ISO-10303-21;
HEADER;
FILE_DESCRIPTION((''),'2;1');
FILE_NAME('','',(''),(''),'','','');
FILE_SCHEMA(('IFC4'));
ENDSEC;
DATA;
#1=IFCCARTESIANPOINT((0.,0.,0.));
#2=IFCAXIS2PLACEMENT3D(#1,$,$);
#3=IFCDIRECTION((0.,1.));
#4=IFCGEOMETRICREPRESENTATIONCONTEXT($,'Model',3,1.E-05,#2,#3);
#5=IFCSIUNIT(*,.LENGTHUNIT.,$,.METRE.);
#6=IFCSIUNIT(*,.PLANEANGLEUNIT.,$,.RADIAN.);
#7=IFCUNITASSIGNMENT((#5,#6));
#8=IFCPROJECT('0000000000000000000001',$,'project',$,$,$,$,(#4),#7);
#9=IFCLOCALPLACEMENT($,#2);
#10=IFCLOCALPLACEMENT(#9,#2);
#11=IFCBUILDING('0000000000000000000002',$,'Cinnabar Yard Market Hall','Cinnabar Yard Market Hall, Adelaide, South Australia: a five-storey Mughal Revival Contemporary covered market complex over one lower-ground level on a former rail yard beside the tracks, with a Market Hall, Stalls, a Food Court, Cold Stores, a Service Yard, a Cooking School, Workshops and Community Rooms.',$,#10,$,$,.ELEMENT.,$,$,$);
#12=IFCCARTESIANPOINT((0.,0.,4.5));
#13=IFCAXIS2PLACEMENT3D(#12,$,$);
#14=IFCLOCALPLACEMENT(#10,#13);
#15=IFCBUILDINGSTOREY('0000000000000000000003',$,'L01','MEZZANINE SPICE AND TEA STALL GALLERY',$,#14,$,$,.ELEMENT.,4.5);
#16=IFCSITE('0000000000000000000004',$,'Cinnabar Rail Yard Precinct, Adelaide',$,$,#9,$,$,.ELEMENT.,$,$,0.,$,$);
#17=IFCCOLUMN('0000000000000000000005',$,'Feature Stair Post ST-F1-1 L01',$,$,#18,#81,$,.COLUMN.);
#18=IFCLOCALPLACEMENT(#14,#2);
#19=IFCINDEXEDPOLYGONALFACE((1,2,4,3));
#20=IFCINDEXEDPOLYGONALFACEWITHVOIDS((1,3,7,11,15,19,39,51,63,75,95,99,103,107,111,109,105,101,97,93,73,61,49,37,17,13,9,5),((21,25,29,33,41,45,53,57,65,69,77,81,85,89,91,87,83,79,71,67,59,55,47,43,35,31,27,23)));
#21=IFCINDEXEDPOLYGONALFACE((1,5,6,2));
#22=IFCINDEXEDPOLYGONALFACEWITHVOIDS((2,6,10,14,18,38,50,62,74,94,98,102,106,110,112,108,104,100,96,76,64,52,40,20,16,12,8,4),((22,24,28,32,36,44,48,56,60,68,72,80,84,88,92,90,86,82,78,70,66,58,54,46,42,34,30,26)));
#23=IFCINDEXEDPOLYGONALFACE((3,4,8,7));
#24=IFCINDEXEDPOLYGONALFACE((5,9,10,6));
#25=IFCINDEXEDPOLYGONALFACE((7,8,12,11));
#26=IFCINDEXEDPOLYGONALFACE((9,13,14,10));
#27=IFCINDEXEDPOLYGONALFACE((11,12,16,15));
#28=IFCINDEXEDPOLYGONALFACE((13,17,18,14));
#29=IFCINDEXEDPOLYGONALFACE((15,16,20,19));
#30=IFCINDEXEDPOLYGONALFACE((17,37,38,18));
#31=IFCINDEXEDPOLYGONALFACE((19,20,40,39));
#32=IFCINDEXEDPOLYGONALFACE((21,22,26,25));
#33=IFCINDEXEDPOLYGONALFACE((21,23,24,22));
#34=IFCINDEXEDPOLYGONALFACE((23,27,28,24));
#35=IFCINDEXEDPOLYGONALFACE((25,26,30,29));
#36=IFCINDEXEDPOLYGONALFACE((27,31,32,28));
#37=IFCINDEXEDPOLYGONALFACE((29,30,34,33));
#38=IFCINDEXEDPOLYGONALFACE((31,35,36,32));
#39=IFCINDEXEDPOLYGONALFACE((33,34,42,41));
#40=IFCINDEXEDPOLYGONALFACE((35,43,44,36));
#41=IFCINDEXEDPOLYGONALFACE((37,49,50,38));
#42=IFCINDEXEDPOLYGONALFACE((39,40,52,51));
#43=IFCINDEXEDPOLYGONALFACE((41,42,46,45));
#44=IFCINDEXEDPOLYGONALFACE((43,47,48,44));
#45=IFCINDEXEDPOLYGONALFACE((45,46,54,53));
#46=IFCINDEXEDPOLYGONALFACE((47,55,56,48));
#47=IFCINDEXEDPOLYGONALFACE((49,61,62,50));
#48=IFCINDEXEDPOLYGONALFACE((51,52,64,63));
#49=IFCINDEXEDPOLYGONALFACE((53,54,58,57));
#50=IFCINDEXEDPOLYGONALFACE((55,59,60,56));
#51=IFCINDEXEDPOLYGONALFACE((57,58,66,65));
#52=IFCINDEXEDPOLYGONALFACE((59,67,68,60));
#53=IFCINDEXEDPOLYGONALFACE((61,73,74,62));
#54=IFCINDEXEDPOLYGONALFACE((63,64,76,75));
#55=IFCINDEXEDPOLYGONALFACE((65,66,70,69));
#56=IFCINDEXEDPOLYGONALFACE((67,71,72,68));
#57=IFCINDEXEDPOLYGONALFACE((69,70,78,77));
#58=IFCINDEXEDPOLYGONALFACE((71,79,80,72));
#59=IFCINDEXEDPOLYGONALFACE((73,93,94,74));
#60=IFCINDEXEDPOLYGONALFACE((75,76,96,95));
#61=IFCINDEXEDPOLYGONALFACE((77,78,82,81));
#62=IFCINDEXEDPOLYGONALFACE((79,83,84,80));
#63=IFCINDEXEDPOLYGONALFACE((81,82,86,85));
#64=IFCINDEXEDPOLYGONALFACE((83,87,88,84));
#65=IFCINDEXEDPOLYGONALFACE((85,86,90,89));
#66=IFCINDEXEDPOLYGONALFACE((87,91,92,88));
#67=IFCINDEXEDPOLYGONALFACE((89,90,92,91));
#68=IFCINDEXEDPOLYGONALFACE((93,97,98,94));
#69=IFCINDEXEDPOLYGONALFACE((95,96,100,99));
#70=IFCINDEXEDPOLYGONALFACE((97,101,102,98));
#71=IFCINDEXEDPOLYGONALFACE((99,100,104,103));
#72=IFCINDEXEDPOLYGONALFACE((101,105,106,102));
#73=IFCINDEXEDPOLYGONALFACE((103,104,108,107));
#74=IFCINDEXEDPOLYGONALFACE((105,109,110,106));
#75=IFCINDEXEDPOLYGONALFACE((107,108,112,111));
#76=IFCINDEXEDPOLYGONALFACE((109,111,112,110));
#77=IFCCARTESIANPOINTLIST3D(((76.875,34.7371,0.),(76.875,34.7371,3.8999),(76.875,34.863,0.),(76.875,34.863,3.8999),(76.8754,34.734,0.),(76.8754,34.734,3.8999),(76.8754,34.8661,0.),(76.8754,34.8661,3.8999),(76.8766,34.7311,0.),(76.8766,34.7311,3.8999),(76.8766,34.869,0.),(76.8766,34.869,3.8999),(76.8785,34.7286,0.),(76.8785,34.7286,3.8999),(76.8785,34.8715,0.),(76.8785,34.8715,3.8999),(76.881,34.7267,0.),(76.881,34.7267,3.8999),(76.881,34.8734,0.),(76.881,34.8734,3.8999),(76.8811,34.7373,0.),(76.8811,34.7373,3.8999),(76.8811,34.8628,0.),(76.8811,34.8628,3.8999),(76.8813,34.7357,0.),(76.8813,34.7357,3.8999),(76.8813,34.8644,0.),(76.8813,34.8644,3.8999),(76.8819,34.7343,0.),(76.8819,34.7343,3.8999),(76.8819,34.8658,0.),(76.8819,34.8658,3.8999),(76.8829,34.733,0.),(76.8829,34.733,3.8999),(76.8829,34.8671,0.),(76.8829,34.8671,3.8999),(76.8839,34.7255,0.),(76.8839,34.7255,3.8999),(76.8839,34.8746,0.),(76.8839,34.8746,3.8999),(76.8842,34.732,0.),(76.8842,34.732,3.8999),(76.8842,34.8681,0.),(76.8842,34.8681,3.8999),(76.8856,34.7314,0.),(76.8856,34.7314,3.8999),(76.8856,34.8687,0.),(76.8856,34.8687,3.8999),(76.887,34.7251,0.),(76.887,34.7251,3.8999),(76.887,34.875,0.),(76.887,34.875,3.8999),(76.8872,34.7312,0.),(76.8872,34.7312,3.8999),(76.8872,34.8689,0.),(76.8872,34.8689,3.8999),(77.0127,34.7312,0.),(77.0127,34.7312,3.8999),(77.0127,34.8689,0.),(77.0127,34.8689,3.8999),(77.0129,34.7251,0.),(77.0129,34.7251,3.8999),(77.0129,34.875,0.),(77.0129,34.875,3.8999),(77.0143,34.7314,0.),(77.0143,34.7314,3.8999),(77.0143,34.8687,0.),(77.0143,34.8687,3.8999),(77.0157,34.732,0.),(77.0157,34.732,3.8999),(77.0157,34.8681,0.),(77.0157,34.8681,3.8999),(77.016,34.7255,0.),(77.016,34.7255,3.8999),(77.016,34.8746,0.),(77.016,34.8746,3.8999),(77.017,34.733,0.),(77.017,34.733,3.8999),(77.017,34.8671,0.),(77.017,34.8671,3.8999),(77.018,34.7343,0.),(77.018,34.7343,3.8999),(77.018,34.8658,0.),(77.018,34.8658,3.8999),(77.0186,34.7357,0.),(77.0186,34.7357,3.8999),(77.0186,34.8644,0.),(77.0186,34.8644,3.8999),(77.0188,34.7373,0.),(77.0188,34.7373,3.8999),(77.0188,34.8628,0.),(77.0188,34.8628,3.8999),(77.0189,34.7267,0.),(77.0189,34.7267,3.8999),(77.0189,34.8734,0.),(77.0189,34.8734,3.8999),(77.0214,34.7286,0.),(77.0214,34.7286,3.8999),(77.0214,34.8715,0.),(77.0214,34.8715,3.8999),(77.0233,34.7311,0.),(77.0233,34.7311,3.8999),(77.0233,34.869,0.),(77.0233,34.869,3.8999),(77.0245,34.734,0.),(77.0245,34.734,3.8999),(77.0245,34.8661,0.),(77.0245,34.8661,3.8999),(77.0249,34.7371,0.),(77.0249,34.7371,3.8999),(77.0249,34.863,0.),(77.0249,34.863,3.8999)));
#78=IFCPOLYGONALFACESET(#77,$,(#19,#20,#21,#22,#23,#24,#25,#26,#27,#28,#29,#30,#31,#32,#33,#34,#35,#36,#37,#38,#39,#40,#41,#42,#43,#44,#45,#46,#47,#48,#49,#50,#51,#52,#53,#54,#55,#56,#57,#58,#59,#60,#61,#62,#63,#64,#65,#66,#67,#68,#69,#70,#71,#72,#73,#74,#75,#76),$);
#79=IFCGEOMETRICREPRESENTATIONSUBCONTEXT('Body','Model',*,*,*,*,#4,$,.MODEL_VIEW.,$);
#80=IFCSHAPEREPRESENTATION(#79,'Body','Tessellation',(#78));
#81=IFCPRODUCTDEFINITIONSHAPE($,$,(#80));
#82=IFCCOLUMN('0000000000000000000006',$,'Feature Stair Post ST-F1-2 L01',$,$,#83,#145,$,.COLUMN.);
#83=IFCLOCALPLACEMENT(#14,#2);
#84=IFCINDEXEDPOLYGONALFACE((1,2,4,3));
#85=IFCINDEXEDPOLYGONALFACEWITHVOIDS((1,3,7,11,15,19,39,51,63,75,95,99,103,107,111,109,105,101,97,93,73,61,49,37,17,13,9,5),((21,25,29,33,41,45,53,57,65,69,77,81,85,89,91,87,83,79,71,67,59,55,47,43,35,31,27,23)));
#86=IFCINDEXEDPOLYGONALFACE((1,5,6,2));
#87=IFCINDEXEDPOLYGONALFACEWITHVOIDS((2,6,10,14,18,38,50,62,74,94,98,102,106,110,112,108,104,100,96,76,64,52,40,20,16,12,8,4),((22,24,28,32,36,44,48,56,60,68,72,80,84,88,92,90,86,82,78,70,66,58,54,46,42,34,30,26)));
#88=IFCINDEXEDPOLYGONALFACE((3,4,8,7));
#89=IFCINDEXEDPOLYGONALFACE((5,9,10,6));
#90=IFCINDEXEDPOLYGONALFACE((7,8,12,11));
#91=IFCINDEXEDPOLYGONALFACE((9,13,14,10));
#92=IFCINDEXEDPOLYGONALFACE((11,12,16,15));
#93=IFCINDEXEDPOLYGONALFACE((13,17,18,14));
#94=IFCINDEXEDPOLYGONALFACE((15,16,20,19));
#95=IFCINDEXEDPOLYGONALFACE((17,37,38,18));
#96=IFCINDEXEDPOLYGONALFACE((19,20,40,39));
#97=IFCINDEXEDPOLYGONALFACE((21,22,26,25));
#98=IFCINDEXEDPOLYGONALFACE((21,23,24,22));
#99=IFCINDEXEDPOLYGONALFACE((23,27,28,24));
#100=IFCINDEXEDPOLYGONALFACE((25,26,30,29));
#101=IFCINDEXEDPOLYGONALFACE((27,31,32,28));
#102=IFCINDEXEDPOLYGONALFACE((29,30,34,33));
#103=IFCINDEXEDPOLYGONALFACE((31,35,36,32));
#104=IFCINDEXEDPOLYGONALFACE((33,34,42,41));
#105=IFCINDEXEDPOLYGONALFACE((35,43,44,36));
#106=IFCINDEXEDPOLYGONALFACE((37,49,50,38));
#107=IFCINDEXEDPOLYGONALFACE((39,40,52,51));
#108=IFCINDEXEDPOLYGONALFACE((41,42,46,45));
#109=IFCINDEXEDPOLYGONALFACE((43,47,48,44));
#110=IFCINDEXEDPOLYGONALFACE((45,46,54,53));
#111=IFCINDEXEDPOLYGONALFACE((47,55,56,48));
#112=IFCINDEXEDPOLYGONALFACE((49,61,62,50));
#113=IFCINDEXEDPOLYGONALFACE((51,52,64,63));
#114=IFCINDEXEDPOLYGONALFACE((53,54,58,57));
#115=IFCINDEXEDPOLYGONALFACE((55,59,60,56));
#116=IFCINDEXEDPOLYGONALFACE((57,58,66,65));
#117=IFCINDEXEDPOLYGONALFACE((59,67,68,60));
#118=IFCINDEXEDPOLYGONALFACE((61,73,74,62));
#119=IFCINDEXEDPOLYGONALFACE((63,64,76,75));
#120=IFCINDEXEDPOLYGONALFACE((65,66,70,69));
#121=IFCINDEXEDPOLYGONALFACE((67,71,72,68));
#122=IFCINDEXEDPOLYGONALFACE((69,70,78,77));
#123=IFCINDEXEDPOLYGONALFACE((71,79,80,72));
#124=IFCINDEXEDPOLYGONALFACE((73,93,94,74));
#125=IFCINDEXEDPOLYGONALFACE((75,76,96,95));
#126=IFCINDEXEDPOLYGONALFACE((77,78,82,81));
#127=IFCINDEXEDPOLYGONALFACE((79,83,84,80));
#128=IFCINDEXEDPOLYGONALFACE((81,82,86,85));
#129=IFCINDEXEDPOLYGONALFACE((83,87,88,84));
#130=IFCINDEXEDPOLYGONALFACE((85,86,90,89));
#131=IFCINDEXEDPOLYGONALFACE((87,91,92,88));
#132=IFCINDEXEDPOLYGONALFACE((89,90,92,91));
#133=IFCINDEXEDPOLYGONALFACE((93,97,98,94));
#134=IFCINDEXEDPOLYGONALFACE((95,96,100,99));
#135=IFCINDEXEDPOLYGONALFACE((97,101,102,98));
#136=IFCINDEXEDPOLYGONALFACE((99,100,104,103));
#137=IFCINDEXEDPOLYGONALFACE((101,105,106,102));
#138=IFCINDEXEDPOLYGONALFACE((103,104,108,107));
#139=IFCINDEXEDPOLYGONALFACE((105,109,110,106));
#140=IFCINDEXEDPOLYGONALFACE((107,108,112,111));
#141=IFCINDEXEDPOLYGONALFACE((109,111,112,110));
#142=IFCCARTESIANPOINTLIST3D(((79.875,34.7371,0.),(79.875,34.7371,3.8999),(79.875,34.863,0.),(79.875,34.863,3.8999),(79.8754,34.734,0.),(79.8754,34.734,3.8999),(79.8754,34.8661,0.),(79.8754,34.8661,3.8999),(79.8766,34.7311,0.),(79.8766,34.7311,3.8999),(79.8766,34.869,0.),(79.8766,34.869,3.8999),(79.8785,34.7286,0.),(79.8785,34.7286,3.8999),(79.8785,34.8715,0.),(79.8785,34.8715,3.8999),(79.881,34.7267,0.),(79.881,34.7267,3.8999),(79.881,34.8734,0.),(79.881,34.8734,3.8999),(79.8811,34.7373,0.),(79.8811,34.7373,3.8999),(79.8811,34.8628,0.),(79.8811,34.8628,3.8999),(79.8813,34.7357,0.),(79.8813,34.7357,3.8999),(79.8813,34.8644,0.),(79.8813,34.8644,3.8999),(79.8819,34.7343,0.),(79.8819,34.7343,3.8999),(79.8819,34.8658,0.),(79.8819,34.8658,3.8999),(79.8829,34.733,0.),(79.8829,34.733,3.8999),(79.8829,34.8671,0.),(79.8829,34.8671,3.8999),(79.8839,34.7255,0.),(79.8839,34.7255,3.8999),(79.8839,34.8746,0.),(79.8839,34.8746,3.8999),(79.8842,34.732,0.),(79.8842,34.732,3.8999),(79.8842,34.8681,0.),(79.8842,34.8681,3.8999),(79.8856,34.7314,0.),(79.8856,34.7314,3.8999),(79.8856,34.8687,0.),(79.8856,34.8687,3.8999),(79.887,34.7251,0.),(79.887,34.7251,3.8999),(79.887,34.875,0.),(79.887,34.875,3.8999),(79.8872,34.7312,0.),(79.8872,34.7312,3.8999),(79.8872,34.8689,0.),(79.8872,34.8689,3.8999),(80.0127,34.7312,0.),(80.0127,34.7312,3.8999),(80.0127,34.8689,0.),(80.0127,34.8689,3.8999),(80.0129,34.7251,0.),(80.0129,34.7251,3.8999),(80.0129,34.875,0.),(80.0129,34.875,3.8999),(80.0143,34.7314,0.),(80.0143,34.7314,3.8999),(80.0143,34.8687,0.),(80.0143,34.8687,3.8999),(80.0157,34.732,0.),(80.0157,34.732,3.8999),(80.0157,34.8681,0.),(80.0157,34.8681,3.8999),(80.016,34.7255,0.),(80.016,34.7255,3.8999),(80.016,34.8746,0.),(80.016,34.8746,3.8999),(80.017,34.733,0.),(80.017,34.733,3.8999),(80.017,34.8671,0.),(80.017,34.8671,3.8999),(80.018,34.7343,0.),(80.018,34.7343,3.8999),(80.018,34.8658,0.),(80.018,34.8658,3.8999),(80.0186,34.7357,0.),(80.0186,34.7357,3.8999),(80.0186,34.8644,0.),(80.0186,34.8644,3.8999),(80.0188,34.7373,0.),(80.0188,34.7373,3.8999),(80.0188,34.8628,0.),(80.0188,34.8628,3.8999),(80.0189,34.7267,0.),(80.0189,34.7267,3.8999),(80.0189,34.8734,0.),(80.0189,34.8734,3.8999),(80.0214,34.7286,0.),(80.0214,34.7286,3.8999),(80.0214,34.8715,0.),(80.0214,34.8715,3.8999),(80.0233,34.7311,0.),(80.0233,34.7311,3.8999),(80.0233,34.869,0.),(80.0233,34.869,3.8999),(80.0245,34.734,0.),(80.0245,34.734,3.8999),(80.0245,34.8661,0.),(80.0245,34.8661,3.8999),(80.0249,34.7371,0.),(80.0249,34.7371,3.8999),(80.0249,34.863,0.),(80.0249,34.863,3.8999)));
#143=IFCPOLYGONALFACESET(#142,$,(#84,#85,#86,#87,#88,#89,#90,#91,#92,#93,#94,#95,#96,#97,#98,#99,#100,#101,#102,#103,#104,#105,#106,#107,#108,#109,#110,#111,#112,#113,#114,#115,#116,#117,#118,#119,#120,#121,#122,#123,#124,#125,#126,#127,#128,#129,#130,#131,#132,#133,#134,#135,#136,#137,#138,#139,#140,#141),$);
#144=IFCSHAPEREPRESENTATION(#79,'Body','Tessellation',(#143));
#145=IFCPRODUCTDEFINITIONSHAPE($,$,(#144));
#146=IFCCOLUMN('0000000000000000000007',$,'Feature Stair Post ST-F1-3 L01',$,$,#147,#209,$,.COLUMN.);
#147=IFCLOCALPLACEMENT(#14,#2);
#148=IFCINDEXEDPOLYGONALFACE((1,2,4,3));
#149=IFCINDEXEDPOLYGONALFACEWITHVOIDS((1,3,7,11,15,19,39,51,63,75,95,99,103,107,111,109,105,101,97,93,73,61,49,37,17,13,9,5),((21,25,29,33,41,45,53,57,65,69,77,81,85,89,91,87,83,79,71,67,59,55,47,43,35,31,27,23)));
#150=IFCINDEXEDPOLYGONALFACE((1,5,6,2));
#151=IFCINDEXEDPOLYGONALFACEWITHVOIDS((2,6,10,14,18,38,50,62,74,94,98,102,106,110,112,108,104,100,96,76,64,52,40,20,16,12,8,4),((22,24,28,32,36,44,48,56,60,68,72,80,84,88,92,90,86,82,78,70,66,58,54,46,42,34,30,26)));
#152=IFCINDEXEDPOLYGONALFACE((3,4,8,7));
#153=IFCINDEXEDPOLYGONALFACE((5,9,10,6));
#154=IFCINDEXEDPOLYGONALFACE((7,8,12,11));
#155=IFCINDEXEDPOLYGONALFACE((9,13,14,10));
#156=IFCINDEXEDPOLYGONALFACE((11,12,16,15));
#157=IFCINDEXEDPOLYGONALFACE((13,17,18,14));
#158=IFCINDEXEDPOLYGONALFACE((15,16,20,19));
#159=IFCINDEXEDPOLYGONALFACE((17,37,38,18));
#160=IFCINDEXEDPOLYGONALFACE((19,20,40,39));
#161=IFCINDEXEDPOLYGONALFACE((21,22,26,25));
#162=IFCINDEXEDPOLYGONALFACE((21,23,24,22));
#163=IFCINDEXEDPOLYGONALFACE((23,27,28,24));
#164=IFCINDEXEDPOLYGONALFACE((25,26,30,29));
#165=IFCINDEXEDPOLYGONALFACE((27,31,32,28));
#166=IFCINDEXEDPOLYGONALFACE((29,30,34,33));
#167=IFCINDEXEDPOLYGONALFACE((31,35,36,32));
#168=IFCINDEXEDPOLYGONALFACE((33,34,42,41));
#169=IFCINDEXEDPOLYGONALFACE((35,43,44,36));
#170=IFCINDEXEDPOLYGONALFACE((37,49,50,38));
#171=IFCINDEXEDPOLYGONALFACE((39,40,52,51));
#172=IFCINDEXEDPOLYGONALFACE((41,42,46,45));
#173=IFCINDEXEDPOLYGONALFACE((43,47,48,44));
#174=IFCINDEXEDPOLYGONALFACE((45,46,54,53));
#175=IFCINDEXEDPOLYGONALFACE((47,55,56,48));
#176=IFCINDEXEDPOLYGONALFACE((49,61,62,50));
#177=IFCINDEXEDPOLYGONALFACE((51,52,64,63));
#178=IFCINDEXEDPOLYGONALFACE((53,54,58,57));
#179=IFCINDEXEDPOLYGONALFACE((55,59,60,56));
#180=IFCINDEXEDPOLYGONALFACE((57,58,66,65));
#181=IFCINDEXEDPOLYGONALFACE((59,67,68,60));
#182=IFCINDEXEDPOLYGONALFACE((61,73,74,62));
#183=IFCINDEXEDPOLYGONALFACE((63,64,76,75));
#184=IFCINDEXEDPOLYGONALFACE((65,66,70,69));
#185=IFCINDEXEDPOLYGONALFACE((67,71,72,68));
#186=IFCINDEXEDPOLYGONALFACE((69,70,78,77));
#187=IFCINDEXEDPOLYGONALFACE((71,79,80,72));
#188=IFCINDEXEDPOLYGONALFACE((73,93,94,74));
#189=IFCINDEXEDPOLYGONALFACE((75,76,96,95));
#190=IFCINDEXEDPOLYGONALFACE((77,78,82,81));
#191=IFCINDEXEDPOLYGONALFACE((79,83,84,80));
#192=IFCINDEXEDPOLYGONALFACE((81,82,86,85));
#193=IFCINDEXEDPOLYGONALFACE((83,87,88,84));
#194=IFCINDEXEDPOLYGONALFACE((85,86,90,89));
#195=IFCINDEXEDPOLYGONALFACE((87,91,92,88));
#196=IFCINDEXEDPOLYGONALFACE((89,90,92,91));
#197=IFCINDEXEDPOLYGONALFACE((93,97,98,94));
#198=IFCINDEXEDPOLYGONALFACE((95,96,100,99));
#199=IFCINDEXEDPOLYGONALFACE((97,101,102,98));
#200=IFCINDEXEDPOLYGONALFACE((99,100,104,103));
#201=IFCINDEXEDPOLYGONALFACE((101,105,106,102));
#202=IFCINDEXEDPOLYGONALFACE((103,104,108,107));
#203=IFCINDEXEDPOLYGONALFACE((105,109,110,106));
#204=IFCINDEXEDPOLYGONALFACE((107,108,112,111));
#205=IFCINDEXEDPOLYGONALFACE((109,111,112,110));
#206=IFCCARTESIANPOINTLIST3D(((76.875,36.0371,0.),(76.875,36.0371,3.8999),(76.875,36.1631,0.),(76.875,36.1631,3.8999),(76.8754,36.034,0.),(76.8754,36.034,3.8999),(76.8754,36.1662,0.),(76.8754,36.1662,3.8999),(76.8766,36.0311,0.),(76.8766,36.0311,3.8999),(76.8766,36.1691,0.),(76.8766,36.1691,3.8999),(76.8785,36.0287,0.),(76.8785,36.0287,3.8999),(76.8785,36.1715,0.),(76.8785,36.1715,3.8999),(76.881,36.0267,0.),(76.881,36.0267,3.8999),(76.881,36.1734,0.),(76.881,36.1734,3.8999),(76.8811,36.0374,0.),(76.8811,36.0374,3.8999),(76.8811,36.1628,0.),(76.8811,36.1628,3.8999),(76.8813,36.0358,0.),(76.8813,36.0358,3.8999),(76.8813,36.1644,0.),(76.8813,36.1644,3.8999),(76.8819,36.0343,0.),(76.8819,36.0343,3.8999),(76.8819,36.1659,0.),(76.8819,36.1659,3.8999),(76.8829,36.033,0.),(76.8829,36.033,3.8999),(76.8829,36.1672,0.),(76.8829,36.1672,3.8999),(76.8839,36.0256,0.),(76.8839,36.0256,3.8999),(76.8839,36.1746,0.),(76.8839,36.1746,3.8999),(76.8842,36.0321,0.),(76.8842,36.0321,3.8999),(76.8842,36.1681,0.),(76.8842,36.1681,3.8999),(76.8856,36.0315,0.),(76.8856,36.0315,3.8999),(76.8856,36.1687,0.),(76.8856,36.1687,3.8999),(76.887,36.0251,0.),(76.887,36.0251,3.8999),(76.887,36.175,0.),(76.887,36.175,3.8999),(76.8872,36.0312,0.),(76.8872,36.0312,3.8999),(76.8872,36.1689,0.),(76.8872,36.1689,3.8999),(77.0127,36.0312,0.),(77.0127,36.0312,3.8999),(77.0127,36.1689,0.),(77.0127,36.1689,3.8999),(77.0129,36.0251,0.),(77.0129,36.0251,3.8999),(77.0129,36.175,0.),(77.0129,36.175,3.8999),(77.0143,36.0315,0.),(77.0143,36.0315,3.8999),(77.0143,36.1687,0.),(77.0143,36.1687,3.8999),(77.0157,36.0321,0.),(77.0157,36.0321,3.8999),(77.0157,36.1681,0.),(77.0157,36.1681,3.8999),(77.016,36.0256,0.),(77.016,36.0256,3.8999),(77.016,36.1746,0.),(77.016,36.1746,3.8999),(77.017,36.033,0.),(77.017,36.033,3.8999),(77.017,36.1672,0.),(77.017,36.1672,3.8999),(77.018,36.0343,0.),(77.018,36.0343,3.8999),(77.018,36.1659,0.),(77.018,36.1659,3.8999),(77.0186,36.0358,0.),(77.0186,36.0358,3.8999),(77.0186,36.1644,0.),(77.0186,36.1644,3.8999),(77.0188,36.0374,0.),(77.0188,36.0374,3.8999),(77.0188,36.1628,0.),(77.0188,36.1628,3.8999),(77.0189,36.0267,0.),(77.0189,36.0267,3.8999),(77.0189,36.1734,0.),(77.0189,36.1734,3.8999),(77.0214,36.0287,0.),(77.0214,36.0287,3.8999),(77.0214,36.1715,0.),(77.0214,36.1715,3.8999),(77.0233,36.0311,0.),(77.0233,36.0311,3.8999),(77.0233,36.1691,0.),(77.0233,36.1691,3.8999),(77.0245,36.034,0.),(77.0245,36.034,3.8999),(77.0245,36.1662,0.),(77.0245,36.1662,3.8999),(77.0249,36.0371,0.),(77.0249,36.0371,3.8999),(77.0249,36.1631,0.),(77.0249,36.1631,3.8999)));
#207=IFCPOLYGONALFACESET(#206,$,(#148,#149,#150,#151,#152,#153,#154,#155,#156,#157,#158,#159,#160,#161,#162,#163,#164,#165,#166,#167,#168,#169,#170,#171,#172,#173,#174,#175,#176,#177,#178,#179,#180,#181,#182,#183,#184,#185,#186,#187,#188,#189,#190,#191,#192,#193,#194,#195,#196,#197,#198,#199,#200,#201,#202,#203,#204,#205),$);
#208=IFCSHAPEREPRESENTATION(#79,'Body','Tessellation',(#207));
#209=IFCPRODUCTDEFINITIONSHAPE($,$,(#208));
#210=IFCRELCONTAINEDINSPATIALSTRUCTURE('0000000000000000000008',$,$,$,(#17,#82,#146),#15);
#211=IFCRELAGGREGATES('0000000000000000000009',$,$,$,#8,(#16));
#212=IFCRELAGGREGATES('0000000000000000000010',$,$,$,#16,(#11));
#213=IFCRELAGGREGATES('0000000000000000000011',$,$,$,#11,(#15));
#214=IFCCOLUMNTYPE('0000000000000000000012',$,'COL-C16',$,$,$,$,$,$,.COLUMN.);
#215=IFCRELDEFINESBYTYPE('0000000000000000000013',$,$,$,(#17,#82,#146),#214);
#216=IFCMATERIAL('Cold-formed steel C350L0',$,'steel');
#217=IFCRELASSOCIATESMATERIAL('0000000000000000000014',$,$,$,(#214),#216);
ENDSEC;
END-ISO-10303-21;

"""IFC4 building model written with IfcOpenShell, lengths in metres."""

from ifc_helpers import new_model, si_unit, direction, frame, origin, origin_2d_with_axis, place, context, subcontext, project, spatial, hollow_rectangle, extrude, material, material_profile, profile_set, type_object, element, save


model = new_model("IFC4")

# Units and contexts
model_context = context("Model", 3, precision=1e-05, world=origin(), true_north=direction((0.0, 1.0)))
body_context = subcontext(model_context, "Body", "Model", "MODEL_VIEW")
ifc_project = project(units=[si_unit("LENGTHUNIT", "METRE"), si_unit("PLANEANGLEUNIT", "RADIAN")], contexts=[model_context])

# Site, building, storey
site_placement = place(None, origin())
site = spatial("IfcSite", under=ifc_project, at=site_placement, Name="Cinnabar Rail Yard Precinct, Adelaide", CompositionType="ELEMENT", RefElevation=0.0)
building_placement = place(site_placement, origin())
building = spatial("IfcBuilding", under=site, at=building_placement, Name="Cinnabar Yard Market Hall", Description="Cinnabar Yard Market Hall, Adelaide, South Australia: a five-storey Mughal Revival Contemporary covered market complex over one lower-ground level on a former rail yard beside the tracks, with a Market Hall, Stalls, a Food Court, Cold Stores, a Service Yard, a Cooking School, Workshops and Community Rooms.", CompositionType="ELEMENT")
storey_placement = place(building_placement, frame((0.0, 0.0, 4.5)))
storey = spatial("IfcBuildingStorey", under=building, at=storey_placement, Name="L01", Description="MEZZANINE SPICE AND TEA STALL GALLERY", CompositionType="ELEMENT", Elevation=4.5)

# Columns
ifc_material_1 = material(Name="Cold-formed steel C350L0", Category="steel")
ifc_material_profile_1 = material_profile(ifc_material_1, hollow_rectangle(XDim=0.1499, YDim=0.1499, WallThickness=0.0061, InnerFilletRadius=0.0061, OuterFilletRadius=0.012, at=origin_2d_with_axis()), Name="150x150x6.0SHS")
ifc_profile_set_1 = profile_set([ifc_material_profile_1], Name="Cold-formed steel C350L0")
column_type_1 = type_object("IfcColumnType", Name="COL-C16", PredefinedType="COLUMN", material=ifc_profile_set_1)
for number, where, z_axis, x_axis, name in (
    (1, (76.95, 34.8, 0.0), (0.0, 0.0, 1.0), (1.0, 0.0, 0.0), "Feature Stair Post ST-F1-1 L01"),
    (2, (79.95, 34.8, 0.0), (0.0, 0.0, 1.0), (1.0, 0.0, 0.0), "Feature Stair Post ST-F1-2 L01"),
    (3, (76.95, 36.1001, 0.0), (0.0, 0.0, 1.0), (1.0, 0.0, 0.0), "Feature Stair Post ST-F1-3 L01"),
):
    element("IfcColumn", number, at=place(storey_placement, frame(where, z_axis=z_axis, x_axis=x_axis)), inside=storey, type_object=column_type_1, Name=name, PredefinedType="COLUMN", context=body_context, shape_type="SweptSolid", body=[
        extrude(hollow_rectangle(XDim=0.1499, YDim=0.1499, WallThickness=0.0061, InnerFilletRadius=0.0061, OuterFilletRadius=0.012, at=origin_2d_with_axis()), origin(), (0.0, 0.0, 1.0), 3.8999),
    ])

save(model, "model.ifc")
